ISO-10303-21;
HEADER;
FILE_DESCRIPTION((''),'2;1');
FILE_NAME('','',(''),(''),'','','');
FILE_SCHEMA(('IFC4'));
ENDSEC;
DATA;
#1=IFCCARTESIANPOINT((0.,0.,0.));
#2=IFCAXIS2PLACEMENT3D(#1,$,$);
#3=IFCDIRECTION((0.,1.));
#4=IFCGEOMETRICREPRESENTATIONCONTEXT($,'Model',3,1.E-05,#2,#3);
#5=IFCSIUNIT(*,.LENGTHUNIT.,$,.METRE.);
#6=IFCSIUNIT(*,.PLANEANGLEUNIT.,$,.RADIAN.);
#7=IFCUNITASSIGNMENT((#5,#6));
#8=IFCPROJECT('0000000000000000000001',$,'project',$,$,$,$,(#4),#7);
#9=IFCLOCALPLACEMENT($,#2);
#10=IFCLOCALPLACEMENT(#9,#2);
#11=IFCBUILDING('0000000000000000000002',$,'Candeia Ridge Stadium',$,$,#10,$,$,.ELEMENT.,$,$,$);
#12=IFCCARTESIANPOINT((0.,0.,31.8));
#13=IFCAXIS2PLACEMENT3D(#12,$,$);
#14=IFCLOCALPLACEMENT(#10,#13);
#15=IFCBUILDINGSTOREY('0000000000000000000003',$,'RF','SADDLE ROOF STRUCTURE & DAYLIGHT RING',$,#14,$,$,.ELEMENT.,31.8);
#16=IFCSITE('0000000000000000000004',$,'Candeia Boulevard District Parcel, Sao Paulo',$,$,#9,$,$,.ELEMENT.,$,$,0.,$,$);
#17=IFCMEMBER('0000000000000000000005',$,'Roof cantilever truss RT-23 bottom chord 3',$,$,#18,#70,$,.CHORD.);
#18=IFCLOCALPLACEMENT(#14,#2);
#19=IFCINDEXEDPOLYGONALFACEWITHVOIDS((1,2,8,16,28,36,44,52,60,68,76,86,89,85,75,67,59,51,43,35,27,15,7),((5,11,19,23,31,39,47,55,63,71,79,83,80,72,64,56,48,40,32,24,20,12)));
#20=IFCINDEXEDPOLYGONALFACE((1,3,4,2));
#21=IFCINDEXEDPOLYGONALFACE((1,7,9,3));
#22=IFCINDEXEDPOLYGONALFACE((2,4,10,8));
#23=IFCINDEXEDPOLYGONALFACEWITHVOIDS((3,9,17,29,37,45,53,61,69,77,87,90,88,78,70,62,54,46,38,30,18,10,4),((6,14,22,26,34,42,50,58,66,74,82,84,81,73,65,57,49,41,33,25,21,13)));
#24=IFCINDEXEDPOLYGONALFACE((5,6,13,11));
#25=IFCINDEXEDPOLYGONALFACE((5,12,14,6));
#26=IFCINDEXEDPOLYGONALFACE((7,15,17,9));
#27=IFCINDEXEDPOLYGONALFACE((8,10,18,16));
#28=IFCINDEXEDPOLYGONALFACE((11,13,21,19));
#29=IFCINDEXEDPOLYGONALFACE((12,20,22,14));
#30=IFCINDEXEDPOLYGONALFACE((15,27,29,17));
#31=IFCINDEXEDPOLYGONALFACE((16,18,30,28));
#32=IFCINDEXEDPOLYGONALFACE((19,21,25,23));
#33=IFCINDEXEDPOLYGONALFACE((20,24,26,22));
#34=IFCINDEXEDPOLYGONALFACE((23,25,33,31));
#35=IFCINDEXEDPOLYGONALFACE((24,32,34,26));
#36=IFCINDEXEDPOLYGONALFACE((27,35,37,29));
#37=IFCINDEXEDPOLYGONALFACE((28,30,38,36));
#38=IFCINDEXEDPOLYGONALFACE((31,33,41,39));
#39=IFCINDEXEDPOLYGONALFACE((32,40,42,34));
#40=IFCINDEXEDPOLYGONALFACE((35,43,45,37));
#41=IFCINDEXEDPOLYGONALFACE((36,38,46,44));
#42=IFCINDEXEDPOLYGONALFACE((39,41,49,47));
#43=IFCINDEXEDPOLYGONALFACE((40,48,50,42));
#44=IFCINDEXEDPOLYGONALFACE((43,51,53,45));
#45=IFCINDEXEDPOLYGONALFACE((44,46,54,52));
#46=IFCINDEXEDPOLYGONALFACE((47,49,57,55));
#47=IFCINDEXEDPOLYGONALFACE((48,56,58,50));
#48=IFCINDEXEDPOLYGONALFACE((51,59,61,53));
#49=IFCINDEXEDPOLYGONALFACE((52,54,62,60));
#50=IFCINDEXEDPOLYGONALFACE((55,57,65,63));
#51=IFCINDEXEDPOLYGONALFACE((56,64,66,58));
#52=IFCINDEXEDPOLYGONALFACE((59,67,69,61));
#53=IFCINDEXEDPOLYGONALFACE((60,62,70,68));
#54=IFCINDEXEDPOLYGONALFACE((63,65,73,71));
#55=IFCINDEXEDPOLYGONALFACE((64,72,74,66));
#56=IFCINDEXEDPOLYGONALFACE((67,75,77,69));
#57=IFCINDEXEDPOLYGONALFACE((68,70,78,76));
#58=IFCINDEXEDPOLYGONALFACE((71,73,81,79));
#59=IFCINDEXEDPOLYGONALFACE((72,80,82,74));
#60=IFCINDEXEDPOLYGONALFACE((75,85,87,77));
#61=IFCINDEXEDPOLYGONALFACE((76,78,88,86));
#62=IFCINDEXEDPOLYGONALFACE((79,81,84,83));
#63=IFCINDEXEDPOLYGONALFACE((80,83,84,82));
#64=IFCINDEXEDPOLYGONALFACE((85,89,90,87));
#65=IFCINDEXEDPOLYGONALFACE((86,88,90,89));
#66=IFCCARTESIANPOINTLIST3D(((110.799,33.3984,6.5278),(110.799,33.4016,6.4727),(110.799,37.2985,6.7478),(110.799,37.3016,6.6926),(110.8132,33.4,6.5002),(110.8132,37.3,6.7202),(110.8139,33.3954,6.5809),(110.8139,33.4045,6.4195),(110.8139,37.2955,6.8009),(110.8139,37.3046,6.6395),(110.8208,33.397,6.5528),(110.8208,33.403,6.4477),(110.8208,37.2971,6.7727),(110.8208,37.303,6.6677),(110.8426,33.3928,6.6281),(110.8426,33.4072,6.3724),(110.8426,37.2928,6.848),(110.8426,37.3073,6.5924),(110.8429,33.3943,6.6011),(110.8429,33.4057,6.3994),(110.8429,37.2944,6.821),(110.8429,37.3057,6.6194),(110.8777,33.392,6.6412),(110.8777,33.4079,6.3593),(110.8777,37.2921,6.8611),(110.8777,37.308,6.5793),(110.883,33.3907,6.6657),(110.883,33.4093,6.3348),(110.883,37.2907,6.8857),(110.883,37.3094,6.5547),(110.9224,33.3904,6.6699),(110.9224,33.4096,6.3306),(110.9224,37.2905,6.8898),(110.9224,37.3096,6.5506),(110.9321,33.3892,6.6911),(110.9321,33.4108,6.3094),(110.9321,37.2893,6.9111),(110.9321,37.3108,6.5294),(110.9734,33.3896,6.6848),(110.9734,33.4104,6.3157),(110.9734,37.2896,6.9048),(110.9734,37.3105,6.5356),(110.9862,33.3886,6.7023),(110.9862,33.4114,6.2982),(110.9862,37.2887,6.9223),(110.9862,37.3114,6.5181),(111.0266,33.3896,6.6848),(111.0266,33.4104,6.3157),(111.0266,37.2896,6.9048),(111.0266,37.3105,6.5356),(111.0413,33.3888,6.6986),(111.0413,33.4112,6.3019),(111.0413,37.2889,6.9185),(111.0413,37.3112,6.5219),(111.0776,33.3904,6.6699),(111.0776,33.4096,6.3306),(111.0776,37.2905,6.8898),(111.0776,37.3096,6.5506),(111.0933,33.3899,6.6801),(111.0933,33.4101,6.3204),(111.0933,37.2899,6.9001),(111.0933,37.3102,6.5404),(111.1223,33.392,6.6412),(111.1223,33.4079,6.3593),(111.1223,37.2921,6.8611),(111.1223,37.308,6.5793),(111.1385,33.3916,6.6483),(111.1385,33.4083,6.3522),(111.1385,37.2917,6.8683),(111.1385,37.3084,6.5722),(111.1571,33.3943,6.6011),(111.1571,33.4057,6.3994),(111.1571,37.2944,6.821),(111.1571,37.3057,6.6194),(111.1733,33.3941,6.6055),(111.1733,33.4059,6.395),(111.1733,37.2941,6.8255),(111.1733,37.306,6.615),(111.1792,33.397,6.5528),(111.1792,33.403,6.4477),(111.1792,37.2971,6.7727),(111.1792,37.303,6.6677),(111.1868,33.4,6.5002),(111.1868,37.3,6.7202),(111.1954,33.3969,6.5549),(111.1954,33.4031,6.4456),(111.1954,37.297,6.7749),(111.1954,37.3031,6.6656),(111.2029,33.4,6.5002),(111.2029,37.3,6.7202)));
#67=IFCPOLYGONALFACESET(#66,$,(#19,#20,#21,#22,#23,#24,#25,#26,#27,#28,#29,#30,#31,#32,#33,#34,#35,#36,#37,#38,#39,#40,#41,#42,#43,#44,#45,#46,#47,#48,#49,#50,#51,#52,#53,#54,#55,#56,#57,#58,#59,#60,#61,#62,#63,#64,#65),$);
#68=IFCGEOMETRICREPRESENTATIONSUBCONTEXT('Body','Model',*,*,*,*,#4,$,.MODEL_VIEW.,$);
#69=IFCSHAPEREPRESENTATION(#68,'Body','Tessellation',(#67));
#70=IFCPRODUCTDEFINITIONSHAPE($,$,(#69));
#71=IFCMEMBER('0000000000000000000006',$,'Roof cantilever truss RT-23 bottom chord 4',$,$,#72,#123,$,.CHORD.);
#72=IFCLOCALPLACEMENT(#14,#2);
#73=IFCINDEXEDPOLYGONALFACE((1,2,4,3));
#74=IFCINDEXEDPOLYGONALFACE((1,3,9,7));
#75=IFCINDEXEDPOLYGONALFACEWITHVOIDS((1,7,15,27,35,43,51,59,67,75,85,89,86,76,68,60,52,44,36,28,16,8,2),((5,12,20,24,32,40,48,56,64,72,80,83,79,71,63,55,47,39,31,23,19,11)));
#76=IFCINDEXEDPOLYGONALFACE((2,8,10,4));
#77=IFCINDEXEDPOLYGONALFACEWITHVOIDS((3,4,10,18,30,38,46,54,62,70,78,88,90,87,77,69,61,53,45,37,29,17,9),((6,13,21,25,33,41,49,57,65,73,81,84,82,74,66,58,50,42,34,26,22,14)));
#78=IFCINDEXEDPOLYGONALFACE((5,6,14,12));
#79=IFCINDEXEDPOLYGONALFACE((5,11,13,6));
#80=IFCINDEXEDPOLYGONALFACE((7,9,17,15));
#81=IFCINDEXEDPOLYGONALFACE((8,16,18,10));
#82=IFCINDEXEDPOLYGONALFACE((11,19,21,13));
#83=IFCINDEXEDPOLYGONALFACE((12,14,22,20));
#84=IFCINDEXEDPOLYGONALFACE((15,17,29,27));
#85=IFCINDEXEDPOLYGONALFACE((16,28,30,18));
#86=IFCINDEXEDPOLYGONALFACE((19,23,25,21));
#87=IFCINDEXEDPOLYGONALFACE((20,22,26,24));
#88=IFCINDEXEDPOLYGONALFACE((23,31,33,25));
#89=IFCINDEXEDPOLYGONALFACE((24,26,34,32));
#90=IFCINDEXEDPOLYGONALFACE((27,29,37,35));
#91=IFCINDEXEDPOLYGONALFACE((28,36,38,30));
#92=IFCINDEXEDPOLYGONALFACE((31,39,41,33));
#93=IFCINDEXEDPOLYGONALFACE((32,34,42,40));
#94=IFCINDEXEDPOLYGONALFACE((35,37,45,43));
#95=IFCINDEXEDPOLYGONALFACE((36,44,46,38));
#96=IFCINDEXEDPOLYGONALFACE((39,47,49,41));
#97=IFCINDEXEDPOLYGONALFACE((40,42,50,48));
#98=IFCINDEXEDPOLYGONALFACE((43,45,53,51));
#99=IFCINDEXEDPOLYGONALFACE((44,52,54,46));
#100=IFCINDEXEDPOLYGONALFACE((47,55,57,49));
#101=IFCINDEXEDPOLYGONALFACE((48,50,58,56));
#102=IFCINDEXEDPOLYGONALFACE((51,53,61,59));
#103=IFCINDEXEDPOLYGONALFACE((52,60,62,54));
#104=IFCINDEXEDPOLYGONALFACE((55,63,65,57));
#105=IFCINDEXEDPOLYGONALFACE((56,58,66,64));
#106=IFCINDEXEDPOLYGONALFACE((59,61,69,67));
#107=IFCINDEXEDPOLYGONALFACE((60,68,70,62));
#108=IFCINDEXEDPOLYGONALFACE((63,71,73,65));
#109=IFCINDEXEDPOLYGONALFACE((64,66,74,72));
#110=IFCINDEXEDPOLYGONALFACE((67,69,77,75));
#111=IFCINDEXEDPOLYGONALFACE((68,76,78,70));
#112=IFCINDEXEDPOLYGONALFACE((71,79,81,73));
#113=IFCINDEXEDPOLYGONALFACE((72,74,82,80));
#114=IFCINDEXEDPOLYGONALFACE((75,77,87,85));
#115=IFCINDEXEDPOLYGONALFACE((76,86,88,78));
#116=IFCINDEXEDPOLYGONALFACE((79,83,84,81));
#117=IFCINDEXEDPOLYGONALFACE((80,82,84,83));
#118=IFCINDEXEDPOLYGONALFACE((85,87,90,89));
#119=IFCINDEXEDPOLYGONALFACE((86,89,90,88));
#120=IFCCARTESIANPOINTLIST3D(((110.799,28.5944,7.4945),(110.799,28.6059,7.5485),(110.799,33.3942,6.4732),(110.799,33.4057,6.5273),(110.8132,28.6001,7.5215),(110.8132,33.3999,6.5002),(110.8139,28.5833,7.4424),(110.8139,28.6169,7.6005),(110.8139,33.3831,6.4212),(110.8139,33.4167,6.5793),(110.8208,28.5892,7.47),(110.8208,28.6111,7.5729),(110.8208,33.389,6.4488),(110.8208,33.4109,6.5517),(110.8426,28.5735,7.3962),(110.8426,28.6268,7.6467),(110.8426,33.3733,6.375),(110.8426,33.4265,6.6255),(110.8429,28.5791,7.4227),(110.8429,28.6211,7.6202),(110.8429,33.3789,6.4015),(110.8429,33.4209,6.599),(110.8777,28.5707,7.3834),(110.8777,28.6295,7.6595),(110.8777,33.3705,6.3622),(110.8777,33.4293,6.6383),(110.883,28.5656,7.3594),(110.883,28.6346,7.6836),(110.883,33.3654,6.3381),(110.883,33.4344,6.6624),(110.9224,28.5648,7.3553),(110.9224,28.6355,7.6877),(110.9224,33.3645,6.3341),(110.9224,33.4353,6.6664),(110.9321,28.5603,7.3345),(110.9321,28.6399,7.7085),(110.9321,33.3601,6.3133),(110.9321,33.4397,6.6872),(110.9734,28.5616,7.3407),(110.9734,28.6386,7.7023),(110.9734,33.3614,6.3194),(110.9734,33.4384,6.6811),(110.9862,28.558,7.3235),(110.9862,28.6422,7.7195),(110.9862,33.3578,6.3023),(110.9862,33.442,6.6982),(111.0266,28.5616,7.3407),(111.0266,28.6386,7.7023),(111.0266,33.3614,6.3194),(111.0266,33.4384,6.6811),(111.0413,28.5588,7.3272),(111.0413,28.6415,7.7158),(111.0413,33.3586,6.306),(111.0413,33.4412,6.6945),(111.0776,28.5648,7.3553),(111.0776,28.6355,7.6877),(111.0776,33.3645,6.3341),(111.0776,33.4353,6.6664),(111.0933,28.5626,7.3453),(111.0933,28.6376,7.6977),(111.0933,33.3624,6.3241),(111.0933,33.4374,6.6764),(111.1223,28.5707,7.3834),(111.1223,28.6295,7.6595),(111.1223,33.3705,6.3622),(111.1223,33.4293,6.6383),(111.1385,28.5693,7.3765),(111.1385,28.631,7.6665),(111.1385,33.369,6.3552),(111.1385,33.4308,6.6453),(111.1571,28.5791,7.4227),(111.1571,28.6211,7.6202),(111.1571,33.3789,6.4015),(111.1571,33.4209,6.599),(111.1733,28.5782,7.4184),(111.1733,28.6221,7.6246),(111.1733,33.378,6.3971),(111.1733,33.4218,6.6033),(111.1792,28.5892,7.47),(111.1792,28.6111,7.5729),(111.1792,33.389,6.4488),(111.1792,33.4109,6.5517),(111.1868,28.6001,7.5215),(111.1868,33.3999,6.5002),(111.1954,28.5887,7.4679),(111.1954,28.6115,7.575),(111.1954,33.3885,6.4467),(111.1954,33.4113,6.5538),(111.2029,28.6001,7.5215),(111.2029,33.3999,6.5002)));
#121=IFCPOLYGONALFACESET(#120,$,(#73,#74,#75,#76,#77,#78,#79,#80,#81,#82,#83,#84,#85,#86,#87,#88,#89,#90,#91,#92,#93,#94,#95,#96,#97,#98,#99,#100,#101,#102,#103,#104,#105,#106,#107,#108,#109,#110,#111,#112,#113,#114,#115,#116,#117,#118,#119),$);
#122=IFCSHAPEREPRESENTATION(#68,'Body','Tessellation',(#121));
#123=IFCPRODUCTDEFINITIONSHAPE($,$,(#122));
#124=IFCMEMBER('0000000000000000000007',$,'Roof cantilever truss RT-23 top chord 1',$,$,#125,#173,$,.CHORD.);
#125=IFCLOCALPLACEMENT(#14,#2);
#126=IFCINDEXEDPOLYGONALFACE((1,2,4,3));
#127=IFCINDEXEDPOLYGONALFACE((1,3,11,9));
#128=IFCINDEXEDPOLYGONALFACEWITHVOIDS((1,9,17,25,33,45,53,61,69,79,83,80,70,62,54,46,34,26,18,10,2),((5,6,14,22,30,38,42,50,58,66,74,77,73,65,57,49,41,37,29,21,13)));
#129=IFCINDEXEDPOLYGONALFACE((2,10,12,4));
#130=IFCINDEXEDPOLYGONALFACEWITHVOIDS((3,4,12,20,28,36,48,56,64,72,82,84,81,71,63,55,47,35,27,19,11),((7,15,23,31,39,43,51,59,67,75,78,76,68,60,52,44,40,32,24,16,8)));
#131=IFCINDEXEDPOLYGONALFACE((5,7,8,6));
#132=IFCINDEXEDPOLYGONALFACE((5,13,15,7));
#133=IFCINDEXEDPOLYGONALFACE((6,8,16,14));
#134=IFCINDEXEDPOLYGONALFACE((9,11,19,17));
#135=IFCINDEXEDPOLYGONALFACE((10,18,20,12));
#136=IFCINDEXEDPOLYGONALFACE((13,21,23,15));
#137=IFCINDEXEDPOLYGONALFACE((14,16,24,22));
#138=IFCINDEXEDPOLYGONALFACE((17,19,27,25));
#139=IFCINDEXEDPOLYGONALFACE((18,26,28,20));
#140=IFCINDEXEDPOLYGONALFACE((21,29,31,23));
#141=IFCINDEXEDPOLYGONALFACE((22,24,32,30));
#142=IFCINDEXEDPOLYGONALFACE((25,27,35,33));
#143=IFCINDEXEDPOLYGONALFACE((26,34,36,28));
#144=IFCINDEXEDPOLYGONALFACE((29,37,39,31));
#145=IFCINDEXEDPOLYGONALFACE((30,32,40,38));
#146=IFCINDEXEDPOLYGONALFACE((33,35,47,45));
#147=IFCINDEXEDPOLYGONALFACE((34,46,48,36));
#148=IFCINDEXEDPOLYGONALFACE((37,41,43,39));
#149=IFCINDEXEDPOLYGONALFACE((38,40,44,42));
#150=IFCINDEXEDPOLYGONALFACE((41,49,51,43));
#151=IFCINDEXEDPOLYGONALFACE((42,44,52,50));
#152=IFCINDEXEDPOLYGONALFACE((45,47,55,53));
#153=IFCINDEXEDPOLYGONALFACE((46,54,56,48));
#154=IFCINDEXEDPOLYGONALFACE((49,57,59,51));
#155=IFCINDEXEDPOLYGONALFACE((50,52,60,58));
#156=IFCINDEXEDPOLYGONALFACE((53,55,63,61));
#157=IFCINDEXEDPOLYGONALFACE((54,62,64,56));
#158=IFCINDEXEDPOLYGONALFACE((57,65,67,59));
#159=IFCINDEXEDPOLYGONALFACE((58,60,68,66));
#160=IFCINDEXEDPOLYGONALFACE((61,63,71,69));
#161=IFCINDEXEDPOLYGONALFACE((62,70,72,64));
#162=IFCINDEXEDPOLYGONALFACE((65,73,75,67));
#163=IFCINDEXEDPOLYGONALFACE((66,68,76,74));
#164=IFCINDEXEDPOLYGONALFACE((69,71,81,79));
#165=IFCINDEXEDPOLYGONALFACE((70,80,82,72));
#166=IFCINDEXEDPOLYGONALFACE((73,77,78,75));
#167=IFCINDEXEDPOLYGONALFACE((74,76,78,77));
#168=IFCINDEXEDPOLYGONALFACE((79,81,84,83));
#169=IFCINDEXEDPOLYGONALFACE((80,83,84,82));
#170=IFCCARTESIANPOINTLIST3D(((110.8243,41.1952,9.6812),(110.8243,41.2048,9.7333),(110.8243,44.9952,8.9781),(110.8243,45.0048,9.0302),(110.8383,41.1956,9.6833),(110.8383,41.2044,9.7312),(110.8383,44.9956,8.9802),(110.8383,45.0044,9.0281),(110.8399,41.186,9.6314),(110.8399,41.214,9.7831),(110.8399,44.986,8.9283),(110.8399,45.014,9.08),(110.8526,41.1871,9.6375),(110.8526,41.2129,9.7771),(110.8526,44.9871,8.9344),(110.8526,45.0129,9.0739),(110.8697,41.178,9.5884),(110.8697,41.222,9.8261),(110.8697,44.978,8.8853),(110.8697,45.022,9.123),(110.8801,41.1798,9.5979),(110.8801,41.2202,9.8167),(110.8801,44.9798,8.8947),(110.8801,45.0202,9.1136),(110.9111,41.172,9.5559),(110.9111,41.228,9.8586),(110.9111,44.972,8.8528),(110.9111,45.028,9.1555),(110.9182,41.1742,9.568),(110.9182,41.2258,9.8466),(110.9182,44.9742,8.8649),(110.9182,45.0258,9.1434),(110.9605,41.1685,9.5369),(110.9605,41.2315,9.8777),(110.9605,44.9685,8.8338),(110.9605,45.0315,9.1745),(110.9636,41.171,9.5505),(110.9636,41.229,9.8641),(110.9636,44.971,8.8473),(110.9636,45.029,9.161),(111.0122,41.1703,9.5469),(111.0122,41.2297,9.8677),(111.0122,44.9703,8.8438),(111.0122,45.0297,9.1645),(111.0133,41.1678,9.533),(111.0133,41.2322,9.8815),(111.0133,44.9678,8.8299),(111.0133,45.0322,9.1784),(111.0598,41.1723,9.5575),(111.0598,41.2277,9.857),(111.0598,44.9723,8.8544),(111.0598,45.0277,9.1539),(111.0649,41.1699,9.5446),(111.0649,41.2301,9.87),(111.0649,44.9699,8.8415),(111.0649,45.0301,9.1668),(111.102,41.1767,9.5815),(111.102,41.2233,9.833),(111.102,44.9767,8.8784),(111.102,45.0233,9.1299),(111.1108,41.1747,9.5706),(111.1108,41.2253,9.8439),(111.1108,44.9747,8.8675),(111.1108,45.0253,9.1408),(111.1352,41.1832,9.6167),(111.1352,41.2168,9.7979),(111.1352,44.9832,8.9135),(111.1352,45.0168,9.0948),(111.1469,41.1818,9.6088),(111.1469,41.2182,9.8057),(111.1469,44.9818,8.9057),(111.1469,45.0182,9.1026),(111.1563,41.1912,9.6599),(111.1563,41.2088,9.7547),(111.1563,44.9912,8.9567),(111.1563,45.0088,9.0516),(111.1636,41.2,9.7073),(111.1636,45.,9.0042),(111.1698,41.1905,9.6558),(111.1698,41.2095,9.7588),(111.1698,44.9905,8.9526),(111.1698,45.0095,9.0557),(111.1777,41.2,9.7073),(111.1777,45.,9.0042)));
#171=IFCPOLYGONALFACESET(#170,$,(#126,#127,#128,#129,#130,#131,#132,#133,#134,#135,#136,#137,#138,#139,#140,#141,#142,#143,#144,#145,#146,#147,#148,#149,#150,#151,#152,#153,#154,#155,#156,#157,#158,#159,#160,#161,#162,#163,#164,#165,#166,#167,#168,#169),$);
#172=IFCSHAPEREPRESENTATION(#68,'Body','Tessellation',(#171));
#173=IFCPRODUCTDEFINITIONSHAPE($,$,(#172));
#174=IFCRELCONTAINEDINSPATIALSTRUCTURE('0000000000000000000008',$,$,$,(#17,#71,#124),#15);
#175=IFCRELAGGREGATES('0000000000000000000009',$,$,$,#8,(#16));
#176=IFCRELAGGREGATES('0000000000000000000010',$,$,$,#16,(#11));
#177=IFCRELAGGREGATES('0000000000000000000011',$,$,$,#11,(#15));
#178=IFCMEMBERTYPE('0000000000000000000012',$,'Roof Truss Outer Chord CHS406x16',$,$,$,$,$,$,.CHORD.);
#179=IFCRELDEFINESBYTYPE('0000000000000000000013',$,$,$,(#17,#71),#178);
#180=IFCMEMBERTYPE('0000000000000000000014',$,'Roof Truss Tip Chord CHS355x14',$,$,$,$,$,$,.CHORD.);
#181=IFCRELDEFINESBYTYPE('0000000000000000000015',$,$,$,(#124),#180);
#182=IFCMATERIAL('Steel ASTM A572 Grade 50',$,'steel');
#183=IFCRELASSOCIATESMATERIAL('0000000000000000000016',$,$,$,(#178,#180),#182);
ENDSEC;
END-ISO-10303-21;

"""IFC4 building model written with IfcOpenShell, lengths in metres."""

from ifc_helpers import new_model, si_unit, direction, frame, origin, origin_2d, place, context, subcontext, project, spatial, hollow_circle, extrude, material, material_profile, profile_set, type_object, element, save


model = new_model("IFC4")

# Units and contexts
model_context = context("Model", 3, precision=1e-05, world=origin(), true_north=direction((0.0, 1.0)))
body_context = subcontext(model_context, "Body", "Model", "MODEL_VIEW")
ifc_project = project(units=[si_unit("LENGTHUNIT", "METRE"), si_unit("PLANEANGLEUNIT", "RADIAN")], contexts=[model_context])

# Site, building, storey
site_placement = place(None, origin())
site = spatial("IfcSite", under=ifc_project, at=site_placement, Name="Candeia Boulevard District Parcel, Sao Paulo", CompositionType="ELEMENT", RefElevation=0.0)
building_placement = place(site_placement, origin())
building = spatial("IfcBuilding", under=site, at=building_placement, Name="Candeia Ridge Stadium", CompositionType="ELEMENT")
storey_placement = place(building_placement, frame((0.0, 0.0, 31.8)))
storey = spatial("IfcBuildingStorey", under=building, at=storey_placement, Name="RF", Description="SADDLE ROOF STRUCTURE & DAYLIGHT RING", CompositionType="ELEMENT", Elevation=31.8)

# Shared definitions
ifc_material_1 = material(Name="Steel ASTM A572 Grade 50", Category="steel")

# Members
ifc_material_profile_1 = material_profile(ifc_material_1, hollow_circle(Radius=0.2029, WallThickness=0.0161, at=origin_2d()), Name="CHS406x16", Category="steel")
ifc_profile_set_1 = profile_set([ifc_material_profile_1], Name="Steel ASTM A572 Grade 50")
member_type_1 = type_object("IfcMemberType", Name="Roof Truss Outer Chord CHS406x16", PredefinedType="CHORD", material=ifc_profile_set_1)
member_1_placement = place(storey_placement, frame((111.0, 37.3, 6.7202), z_axis=(0.0, -0.998413, -0.056311), x_axis=(1.0, 0.0, 0.0)))
element("IfcMember", 1, at=member_1_placement, inside=storey, type_object=member_type_1, Name="Roof cantilever truss RT-23 bottom chord 3", PredefinedType="CHORD", context=body_context, shape_type="SweptSolid", body=[
    extrude(hollow_circle(Radius=0.2029, WallThickness=0.0161, at=origin_2d()), origin(), (0.0, 0.0, 1.0), 3.9062),
])
member_2_placement = place(storey_placement, frame((111.0, 33.3999, 6.5002), z_axis=(0.0, -0.978106, 0.208109), x_axis=(1.0, 0.0, 0.0)))
element("IfcMember", 2, at=member_2_placement, inside=storey, type_object=member_type_1, Name="Roof cantilever truss RT-23 bottom chord 4", PredefinedType="CHORD", context=body_context, shape_type="SweptSolid", body=[
    extrude(hollow_circle(Radius=0.2029, WallThickness=0.0161, at=origin_2d()), origin(), (0.0, 0.0, 1.0), 4.9072),
])
ifc_material_profile_2 = material_profile(ifc_material_1, hollow_circle(Radius=0.1777, WallThickness=0.0142, at=origin_2d()), Name="CHS355x14", Category="steel")
ifc_profile_set_2 = profile_set([ifc_material_profile_2], Name="Steel ASTM A572 Grade 50")
member_type_2 = type_object("IfcMemberType", Name="Roof Truss Tip Chord CHS355x14", PredefinedType="CHORD", material=ifc_profile_set_2)
member_3_placement = place(storey_placement, frame((111.0, 45.0, 9.0042), z_axis=(0.0, -0.983309, 0.181942), x_axis=(1.0, 0.0, 0.0)))
element("IfcMember", 3, at=member_3_placement, inside=storey, type_object=member_type_2, Name="Roof cantilever truss RT-23 top chord 1", PredefinedType="CHORD", context=body_context, shape_type="SweptSolid", body=[
    extrude(hollow_circle(Radius=0.1777, WallThickness=0.0142, at=origin_2d()), origin(), (0.0, 0.0, 1.0), 3.8645),
])

save(model, "model.ifc")
